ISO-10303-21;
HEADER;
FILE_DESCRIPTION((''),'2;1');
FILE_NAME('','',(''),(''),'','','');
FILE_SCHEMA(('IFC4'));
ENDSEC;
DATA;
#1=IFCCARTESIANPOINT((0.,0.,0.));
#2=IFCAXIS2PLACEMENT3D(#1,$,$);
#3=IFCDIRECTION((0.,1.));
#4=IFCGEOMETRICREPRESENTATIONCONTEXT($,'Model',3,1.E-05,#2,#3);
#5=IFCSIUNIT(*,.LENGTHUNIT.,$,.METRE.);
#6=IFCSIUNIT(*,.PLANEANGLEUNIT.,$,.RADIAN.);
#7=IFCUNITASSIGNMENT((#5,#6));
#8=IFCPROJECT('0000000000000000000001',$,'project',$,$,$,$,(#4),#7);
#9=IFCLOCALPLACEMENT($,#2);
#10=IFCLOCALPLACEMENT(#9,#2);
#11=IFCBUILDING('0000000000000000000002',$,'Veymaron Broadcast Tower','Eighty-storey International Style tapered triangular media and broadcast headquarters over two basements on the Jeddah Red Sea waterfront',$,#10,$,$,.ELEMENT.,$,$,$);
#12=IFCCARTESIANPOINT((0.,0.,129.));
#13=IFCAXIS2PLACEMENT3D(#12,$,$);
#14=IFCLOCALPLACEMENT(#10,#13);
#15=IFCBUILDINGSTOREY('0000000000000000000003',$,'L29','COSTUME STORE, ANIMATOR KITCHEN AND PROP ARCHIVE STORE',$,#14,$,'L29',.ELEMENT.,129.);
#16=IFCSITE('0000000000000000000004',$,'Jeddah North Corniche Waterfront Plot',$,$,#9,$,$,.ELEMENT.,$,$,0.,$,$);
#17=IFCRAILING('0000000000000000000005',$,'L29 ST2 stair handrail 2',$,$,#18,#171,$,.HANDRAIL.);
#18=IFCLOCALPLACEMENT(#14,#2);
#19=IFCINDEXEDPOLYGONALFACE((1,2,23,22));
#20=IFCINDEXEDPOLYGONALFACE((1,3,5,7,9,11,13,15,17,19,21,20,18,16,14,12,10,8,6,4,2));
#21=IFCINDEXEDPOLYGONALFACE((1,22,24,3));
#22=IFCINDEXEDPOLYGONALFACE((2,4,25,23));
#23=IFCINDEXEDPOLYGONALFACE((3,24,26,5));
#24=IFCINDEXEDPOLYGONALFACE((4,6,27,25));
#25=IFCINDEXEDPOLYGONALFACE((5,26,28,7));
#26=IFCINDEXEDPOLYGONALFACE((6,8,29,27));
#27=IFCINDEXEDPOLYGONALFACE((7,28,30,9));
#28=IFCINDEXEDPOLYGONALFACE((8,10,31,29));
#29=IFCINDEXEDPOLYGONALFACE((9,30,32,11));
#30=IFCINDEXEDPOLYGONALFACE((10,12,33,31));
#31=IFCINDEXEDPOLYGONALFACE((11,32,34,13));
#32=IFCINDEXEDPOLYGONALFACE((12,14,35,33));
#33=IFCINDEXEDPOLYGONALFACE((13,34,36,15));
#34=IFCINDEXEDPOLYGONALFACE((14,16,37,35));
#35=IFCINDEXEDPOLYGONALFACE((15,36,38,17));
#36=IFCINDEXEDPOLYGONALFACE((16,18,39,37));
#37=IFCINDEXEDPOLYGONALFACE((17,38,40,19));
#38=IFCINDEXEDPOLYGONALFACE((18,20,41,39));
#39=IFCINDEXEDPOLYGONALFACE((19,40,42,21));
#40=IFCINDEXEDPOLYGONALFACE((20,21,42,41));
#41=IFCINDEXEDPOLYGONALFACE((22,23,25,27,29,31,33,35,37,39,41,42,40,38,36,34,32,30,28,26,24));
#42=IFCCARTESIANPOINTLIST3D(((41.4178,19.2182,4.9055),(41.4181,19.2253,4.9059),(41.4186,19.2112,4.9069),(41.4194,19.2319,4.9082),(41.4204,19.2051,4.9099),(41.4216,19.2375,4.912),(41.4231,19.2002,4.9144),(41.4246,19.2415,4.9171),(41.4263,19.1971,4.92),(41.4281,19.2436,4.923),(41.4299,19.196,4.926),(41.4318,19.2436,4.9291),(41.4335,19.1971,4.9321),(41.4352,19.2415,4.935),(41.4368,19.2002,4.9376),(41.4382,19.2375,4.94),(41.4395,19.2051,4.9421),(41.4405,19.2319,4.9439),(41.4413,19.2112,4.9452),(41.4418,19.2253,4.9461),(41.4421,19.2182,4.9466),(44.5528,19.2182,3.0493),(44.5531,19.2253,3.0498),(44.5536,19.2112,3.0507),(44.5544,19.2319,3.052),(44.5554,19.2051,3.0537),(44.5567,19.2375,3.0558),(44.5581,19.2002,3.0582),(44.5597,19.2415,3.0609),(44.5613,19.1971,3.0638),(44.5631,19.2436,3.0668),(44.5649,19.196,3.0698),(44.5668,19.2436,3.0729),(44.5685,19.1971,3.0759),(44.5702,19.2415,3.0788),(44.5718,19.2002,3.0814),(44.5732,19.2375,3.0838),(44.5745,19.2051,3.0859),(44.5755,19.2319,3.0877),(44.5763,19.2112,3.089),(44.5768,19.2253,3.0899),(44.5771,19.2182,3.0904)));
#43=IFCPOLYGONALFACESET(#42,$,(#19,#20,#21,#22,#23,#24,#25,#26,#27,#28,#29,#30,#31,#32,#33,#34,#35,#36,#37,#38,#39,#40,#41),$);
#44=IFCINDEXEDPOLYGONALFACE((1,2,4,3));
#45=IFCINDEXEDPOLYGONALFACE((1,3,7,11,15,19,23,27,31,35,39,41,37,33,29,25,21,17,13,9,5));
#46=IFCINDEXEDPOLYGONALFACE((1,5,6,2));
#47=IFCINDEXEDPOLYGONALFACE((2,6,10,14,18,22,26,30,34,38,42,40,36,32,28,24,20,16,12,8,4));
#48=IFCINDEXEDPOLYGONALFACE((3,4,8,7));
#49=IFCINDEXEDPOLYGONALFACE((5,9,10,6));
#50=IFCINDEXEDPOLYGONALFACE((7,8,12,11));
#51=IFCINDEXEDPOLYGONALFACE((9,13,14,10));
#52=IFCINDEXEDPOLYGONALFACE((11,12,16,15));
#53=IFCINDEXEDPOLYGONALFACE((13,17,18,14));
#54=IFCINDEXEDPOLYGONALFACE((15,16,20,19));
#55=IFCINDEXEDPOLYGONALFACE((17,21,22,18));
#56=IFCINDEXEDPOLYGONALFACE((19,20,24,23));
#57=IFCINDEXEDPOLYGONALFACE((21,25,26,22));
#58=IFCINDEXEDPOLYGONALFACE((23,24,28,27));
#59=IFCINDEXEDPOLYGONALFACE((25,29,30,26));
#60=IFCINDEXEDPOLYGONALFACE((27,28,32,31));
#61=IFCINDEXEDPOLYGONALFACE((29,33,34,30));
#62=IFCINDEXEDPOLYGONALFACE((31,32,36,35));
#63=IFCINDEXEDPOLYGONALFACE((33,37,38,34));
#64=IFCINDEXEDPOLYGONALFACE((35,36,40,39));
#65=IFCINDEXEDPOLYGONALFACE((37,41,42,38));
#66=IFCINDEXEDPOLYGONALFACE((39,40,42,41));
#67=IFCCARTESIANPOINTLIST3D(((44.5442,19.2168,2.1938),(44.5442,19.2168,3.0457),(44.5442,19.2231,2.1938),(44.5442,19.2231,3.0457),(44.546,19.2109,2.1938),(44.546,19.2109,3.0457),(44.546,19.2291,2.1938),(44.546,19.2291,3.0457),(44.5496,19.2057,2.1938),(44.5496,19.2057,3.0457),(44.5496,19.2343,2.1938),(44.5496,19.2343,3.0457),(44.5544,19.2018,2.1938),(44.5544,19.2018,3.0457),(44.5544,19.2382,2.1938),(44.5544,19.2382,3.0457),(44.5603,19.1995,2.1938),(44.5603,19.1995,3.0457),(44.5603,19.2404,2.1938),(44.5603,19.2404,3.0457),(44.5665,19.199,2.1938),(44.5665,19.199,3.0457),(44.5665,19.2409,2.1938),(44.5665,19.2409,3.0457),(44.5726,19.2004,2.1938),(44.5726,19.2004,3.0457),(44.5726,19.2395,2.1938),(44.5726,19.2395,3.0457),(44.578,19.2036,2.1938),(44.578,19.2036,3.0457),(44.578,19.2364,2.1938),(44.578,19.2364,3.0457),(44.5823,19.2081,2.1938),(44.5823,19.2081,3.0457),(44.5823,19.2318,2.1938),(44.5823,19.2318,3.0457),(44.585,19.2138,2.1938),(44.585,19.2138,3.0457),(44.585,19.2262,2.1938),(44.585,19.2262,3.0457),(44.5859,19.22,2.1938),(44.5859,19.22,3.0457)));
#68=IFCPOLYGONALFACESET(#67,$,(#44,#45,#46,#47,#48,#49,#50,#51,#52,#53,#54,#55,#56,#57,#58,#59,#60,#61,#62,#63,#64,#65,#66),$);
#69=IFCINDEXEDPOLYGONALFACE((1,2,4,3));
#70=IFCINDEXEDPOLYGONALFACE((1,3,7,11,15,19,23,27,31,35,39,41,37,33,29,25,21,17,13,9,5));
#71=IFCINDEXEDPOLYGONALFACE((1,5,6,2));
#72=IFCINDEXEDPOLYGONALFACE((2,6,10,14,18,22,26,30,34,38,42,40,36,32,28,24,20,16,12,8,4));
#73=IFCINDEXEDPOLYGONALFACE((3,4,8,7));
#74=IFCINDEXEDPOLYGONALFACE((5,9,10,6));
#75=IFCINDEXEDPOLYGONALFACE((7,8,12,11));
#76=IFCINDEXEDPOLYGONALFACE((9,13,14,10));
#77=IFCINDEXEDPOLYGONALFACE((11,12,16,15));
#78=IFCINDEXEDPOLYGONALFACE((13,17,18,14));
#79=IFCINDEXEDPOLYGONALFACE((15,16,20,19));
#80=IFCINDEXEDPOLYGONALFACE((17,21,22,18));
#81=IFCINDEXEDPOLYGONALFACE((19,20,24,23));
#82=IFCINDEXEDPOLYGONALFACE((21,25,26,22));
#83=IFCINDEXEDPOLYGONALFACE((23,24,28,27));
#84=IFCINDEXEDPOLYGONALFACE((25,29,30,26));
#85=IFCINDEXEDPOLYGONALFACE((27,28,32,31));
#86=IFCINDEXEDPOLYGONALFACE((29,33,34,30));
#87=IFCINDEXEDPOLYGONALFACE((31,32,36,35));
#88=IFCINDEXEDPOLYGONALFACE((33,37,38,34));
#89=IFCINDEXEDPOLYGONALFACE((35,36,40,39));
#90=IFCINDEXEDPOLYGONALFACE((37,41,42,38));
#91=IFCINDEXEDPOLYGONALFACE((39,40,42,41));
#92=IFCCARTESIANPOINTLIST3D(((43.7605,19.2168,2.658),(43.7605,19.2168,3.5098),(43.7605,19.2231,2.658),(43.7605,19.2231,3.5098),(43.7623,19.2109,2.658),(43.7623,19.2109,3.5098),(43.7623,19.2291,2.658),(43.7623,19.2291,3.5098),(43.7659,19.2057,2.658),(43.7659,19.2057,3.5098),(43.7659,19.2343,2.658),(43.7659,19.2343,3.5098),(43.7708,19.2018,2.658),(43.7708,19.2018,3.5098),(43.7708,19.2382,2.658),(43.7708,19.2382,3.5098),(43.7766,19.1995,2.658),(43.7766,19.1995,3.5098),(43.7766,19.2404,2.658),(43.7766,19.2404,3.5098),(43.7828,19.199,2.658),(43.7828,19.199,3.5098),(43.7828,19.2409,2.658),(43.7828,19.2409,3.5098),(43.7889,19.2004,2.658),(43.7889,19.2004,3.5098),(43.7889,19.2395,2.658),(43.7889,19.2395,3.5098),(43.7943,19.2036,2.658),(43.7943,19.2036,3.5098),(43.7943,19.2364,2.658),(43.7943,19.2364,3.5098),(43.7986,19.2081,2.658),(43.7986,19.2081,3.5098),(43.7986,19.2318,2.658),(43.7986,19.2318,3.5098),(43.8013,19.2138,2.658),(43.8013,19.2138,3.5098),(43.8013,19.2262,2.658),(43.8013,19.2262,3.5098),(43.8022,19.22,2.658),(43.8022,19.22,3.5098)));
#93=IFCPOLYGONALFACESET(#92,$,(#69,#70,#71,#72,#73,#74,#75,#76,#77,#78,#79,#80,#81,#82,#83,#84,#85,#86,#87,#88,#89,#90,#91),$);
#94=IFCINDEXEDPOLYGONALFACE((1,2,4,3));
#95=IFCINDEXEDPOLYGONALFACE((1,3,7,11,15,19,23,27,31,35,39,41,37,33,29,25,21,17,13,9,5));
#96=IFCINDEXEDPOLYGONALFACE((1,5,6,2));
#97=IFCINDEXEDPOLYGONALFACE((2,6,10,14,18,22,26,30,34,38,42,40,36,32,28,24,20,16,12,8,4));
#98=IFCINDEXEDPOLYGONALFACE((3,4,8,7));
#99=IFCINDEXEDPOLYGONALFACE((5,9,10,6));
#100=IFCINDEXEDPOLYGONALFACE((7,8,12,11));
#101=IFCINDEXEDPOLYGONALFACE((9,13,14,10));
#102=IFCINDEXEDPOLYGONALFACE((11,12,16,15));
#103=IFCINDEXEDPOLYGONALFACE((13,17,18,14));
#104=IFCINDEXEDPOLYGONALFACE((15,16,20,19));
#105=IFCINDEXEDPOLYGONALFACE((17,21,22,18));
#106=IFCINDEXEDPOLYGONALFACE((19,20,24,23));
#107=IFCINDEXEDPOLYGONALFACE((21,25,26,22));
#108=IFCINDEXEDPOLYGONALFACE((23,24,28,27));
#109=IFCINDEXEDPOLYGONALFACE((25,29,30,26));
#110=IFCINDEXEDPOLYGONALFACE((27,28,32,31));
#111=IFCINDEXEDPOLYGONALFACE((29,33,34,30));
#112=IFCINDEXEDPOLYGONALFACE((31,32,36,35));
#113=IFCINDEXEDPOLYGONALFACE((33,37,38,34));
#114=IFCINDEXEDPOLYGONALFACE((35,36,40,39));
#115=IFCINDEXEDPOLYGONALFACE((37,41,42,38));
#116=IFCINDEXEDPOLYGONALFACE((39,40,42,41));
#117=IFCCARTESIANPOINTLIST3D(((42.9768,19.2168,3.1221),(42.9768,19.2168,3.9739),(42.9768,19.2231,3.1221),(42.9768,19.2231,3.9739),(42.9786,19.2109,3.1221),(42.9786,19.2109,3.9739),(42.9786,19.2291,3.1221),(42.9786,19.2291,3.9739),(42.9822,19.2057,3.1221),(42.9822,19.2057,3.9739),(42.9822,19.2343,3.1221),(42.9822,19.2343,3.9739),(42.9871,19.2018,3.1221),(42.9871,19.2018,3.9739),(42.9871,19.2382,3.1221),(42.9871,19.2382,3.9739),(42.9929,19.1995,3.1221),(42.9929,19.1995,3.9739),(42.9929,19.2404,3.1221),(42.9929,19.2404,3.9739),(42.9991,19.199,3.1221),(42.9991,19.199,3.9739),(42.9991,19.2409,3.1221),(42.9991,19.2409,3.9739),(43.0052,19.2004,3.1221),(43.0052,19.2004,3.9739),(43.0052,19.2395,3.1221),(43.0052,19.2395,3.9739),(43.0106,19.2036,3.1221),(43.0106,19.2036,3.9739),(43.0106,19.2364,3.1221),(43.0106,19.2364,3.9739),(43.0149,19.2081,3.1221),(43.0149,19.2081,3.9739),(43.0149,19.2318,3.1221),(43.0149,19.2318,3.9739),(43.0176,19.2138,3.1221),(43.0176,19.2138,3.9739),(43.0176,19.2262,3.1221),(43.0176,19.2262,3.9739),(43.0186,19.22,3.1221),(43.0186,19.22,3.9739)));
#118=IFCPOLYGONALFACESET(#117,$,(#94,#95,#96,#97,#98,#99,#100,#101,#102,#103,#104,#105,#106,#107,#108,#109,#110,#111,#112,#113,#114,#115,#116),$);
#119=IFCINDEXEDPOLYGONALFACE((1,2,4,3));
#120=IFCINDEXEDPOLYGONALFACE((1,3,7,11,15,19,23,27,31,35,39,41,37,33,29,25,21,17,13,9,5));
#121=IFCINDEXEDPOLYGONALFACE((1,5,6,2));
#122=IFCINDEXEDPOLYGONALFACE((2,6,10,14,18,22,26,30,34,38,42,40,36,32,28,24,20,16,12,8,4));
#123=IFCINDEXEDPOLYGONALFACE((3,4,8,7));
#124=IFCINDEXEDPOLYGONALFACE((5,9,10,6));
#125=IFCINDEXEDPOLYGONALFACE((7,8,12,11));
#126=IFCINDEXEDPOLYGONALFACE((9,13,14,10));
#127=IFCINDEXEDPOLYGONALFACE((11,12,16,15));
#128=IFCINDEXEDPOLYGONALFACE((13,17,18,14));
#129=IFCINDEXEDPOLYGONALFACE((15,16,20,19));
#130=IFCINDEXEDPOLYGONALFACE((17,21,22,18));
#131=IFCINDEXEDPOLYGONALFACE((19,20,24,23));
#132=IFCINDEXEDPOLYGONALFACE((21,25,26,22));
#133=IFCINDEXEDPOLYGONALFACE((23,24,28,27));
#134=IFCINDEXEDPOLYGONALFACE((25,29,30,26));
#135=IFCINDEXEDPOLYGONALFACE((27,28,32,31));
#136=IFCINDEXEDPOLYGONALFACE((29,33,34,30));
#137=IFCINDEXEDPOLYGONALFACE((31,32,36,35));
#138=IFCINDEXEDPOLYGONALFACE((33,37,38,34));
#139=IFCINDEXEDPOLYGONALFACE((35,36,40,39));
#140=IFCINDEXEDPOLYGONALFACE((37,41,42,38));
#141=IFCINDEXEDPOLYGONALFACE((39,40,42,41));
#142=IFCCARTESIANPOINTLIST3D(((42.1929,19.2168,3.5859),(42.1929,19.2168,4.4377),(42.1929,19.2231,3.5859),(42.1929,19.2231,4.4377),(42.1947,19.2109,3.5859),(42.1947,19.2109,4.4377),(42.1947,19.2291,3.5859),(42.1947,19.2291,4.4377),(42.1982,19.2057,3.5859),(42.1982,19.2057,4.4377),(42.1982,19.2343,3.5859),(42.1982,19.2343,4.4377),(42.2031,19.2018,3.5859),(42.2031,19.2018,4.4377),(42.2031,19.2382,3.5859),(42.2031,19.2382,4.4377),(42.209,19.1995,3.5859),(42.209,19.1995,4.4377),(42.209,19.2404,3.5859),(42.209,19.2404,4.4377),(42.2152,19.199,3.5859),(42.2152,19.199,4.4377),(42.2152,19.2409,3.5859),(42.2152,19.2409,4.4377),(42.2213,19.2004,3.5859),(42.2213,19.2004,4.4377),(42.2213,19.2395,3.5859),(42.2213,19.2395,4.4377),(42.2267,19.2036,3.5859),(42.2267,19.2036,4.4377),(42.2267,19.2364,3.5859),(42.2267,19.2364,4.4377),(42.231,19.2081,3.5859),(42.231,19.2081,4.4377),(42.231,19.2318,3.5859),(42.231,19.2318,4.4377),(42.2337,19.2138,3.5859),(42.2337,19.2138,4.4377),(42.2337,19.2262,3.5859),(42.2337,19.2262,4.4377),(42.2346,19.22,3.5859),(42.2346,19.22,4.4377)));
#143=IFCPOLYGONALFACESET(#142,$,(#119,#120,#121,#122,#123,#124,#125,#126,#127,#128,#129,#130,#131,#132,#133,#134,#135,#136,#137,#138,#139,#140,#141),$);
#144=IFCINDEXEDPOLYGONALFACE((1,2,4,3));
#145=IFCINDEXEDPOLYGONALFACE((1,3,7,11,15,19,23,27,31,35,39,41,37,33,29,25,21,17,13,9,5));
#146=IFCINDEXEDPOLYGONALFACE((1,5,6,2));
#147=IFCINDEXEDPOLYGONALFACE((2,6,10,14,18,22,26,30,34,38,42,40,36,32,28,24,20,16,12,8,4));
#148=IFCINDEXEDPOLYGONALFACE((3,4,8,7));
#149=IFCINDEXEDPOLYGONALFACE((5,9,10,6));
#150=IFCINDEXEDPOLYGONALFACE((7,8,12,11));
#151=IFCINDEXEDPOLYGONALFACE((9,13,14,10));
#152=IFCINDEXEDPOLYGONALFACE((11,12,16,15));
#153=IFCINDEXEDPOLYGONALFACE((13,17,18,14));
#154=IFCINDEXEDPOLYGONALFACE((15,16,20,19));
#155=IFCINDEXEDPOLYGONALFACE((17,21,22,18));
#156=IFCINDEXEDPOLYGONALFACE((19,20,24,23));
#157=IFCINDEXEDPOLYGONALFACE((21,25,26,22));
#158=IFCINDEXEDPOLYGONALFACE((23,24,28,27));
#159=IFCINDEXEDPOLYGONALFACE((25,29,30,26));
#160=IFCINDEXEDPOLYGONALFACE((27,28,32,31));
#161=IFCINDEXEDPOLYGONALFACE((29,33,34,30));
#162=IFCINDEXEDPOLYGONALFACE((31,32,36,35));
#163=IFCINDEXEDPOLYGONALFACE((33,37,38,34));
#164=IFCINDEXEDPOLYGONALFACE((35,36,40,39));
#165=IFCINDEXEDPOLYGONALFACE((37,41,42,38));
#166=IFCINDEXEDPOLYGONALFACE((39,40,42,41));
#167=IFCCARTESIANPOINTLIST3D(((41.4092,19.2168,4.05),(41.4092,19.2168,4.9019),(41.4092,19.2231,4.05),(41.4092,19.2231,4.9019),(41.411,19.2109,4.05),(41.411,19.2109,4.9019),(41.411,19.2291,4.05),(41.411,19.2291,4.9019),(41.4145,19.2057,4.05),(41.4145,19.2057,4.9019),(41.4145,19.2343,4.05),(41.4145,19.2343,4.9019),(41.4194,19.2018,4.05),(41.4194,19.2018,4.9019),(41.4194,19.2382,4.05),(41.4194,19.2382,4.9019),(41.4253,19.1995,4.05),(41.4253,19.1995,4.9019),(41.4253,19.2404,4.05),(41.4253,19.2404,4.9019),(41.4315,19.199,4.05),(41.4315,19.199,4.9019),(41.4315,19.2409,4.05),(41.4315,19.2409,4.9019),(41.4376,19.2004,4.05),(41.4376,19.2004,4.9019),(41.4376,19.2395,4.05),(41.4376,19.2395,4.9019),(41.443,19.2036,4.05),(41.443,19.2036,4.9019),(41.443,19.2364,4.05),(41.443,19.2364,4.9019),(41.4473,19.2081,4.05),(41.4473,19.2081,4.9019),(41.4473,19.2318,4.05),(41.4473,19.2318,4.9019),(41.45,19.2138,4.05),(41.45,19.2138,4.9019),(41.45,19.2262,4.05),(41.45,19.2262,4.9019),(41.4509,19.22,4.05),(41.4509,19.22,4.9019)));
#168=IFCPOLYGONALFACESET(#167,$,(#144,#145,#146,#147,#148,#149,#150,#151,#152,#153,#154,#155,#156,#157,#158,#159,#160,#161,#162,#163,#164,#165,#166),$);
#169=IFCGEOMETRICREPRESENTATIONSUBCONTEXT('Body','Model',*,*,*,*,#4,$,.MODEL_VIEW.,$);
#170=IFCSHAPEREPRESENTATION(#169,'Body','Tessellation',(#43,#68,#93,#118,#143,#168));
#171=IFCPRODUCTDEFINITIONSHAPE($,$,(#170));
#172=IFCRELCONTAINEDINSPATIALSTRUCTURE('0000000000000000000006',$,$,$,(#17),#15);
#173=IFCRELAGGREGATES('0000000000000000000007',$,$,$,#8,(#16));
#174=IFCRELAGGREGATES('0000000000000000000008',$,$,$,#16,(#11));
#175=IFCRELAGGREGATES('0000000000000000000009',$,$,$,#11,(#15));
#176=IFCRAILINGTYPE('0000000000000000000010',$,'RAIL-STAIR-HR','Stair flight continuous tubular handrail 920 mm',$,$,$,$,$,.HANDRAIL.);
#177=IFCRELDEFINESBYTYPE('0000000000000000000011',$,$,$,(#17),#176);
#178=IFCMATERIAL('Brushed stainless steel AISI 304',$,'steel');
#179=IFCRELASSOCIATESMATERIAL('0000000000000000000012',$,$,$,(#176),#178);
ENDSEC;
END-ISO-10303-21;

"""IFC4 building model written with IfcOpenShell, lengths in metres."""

from ifc_helpers import new_model, si_unit, direction, frame, origin, origin_2d, place, context, subcontext, project, spatial, circle, extrude, material, type_object, element, save


model = new_model("IFC4")

# Units and contexts
model_context = context("Model", 3, precision=1e-05, world=origin(), true_north=direction((0.0, 1.0)))
body_context = subcontext(model_context, "Body", "Model", "MODEL_VIEW")
ifc_project = project(units=[si_unit("LENGTHUNIT", "METRE"), si_unit("PLANEANGLEUNIT", "RADIAN")], contexts=[model_context])

# Site, building, storey
site_placement = place(None, origin())
site = spatial("IfcSite", under=ifc_project, at=site_placement, Name="Jeddah North Corniche Waterfront Plot", CompositionType="ELEMENT", RefElevation=0.0)
building_placement = place(site_placement, origin())
building = spatial("IfcBuilding", under=site, at=building_placement, Name="Veymaron Broadcast Tower", Description="Eighty-storey International Style tapered triangular media and broadcast headquarters over two basements on the Jeddah Red Sea waterfront", CompositionType="ELEMENT")
storey_placement = place(building_placement, frame((0.0, 0.0, 129.0)))
storey = spatial("IfcBuildingStorey", under=building, at=storey_placement, Name="L29", Description="COSTUME STORE, ANIMATOR KITCHEN AND PROP ARCHIVE STORE", LongName="L29", CompositionType="ELEMENT", Elevation=129.0)

# Railing
ifc_material_1 = material(Name="Brushed stainless steel AISI 304", Category="steel")
railing_type_1 = type_object("IfcRailingType", Name="RAIL-STAIR-HR", Description="Stair flight continuous tubular handrail 920 mm", PredefinedType="HANDRAIL", material=ifc_material_1)
railing_1_placement = place(storey_placement, frame((44.5649, 19.22, 2.1938)))
element("IfcRailing", 1, at=railing_1_placement, inside=storey, type_object=railing_type_1, Name="L29 ST2 stair handrail 2", PredefinedType="HANDRAIL", context=body_context, shape_type="SweptSolid", body=[
    extrude(circle(Radius=0.0239, at=origin_2d()), frame((0.0, 0.0, 0.876), z_axis=(-0.860482, 0.0, 0.509481), x_axis=(0.0, -1.0, 0.0)), (0.0, 0.0, 1.0), 3.6433),
    extrude(circle(Radius=0.021, at=origin_2d()), origin(), (0.0, 0.0, 1.0), 0.8518),
    extrude(circle(Radius=0.021, at=origin_2d()), frame((-0.7837, 0.0, 0.4641)), (0.0, 0.0, 1.0), 0.8518),
    extrude(circle(Radius=0.021, at=origin_2d()), frame((-1.5674, 0.0, 0.9282)), (0.0, 0.0, 1.0), 0.8518),
    extrude(circle(Radius=0.021, at=origin_2d()), frame((-2.3513, 0.0, 1.3921)), (0.0, 0.0, 1.0), 0.8518),
    extrude(circle(Radius=0.021, at=origin_2d()), frame((-3.135, 0.0, 1.8562)), (0.0, 0.0, 1.0), 0.8518),
])

save(model, "model.ifc")
